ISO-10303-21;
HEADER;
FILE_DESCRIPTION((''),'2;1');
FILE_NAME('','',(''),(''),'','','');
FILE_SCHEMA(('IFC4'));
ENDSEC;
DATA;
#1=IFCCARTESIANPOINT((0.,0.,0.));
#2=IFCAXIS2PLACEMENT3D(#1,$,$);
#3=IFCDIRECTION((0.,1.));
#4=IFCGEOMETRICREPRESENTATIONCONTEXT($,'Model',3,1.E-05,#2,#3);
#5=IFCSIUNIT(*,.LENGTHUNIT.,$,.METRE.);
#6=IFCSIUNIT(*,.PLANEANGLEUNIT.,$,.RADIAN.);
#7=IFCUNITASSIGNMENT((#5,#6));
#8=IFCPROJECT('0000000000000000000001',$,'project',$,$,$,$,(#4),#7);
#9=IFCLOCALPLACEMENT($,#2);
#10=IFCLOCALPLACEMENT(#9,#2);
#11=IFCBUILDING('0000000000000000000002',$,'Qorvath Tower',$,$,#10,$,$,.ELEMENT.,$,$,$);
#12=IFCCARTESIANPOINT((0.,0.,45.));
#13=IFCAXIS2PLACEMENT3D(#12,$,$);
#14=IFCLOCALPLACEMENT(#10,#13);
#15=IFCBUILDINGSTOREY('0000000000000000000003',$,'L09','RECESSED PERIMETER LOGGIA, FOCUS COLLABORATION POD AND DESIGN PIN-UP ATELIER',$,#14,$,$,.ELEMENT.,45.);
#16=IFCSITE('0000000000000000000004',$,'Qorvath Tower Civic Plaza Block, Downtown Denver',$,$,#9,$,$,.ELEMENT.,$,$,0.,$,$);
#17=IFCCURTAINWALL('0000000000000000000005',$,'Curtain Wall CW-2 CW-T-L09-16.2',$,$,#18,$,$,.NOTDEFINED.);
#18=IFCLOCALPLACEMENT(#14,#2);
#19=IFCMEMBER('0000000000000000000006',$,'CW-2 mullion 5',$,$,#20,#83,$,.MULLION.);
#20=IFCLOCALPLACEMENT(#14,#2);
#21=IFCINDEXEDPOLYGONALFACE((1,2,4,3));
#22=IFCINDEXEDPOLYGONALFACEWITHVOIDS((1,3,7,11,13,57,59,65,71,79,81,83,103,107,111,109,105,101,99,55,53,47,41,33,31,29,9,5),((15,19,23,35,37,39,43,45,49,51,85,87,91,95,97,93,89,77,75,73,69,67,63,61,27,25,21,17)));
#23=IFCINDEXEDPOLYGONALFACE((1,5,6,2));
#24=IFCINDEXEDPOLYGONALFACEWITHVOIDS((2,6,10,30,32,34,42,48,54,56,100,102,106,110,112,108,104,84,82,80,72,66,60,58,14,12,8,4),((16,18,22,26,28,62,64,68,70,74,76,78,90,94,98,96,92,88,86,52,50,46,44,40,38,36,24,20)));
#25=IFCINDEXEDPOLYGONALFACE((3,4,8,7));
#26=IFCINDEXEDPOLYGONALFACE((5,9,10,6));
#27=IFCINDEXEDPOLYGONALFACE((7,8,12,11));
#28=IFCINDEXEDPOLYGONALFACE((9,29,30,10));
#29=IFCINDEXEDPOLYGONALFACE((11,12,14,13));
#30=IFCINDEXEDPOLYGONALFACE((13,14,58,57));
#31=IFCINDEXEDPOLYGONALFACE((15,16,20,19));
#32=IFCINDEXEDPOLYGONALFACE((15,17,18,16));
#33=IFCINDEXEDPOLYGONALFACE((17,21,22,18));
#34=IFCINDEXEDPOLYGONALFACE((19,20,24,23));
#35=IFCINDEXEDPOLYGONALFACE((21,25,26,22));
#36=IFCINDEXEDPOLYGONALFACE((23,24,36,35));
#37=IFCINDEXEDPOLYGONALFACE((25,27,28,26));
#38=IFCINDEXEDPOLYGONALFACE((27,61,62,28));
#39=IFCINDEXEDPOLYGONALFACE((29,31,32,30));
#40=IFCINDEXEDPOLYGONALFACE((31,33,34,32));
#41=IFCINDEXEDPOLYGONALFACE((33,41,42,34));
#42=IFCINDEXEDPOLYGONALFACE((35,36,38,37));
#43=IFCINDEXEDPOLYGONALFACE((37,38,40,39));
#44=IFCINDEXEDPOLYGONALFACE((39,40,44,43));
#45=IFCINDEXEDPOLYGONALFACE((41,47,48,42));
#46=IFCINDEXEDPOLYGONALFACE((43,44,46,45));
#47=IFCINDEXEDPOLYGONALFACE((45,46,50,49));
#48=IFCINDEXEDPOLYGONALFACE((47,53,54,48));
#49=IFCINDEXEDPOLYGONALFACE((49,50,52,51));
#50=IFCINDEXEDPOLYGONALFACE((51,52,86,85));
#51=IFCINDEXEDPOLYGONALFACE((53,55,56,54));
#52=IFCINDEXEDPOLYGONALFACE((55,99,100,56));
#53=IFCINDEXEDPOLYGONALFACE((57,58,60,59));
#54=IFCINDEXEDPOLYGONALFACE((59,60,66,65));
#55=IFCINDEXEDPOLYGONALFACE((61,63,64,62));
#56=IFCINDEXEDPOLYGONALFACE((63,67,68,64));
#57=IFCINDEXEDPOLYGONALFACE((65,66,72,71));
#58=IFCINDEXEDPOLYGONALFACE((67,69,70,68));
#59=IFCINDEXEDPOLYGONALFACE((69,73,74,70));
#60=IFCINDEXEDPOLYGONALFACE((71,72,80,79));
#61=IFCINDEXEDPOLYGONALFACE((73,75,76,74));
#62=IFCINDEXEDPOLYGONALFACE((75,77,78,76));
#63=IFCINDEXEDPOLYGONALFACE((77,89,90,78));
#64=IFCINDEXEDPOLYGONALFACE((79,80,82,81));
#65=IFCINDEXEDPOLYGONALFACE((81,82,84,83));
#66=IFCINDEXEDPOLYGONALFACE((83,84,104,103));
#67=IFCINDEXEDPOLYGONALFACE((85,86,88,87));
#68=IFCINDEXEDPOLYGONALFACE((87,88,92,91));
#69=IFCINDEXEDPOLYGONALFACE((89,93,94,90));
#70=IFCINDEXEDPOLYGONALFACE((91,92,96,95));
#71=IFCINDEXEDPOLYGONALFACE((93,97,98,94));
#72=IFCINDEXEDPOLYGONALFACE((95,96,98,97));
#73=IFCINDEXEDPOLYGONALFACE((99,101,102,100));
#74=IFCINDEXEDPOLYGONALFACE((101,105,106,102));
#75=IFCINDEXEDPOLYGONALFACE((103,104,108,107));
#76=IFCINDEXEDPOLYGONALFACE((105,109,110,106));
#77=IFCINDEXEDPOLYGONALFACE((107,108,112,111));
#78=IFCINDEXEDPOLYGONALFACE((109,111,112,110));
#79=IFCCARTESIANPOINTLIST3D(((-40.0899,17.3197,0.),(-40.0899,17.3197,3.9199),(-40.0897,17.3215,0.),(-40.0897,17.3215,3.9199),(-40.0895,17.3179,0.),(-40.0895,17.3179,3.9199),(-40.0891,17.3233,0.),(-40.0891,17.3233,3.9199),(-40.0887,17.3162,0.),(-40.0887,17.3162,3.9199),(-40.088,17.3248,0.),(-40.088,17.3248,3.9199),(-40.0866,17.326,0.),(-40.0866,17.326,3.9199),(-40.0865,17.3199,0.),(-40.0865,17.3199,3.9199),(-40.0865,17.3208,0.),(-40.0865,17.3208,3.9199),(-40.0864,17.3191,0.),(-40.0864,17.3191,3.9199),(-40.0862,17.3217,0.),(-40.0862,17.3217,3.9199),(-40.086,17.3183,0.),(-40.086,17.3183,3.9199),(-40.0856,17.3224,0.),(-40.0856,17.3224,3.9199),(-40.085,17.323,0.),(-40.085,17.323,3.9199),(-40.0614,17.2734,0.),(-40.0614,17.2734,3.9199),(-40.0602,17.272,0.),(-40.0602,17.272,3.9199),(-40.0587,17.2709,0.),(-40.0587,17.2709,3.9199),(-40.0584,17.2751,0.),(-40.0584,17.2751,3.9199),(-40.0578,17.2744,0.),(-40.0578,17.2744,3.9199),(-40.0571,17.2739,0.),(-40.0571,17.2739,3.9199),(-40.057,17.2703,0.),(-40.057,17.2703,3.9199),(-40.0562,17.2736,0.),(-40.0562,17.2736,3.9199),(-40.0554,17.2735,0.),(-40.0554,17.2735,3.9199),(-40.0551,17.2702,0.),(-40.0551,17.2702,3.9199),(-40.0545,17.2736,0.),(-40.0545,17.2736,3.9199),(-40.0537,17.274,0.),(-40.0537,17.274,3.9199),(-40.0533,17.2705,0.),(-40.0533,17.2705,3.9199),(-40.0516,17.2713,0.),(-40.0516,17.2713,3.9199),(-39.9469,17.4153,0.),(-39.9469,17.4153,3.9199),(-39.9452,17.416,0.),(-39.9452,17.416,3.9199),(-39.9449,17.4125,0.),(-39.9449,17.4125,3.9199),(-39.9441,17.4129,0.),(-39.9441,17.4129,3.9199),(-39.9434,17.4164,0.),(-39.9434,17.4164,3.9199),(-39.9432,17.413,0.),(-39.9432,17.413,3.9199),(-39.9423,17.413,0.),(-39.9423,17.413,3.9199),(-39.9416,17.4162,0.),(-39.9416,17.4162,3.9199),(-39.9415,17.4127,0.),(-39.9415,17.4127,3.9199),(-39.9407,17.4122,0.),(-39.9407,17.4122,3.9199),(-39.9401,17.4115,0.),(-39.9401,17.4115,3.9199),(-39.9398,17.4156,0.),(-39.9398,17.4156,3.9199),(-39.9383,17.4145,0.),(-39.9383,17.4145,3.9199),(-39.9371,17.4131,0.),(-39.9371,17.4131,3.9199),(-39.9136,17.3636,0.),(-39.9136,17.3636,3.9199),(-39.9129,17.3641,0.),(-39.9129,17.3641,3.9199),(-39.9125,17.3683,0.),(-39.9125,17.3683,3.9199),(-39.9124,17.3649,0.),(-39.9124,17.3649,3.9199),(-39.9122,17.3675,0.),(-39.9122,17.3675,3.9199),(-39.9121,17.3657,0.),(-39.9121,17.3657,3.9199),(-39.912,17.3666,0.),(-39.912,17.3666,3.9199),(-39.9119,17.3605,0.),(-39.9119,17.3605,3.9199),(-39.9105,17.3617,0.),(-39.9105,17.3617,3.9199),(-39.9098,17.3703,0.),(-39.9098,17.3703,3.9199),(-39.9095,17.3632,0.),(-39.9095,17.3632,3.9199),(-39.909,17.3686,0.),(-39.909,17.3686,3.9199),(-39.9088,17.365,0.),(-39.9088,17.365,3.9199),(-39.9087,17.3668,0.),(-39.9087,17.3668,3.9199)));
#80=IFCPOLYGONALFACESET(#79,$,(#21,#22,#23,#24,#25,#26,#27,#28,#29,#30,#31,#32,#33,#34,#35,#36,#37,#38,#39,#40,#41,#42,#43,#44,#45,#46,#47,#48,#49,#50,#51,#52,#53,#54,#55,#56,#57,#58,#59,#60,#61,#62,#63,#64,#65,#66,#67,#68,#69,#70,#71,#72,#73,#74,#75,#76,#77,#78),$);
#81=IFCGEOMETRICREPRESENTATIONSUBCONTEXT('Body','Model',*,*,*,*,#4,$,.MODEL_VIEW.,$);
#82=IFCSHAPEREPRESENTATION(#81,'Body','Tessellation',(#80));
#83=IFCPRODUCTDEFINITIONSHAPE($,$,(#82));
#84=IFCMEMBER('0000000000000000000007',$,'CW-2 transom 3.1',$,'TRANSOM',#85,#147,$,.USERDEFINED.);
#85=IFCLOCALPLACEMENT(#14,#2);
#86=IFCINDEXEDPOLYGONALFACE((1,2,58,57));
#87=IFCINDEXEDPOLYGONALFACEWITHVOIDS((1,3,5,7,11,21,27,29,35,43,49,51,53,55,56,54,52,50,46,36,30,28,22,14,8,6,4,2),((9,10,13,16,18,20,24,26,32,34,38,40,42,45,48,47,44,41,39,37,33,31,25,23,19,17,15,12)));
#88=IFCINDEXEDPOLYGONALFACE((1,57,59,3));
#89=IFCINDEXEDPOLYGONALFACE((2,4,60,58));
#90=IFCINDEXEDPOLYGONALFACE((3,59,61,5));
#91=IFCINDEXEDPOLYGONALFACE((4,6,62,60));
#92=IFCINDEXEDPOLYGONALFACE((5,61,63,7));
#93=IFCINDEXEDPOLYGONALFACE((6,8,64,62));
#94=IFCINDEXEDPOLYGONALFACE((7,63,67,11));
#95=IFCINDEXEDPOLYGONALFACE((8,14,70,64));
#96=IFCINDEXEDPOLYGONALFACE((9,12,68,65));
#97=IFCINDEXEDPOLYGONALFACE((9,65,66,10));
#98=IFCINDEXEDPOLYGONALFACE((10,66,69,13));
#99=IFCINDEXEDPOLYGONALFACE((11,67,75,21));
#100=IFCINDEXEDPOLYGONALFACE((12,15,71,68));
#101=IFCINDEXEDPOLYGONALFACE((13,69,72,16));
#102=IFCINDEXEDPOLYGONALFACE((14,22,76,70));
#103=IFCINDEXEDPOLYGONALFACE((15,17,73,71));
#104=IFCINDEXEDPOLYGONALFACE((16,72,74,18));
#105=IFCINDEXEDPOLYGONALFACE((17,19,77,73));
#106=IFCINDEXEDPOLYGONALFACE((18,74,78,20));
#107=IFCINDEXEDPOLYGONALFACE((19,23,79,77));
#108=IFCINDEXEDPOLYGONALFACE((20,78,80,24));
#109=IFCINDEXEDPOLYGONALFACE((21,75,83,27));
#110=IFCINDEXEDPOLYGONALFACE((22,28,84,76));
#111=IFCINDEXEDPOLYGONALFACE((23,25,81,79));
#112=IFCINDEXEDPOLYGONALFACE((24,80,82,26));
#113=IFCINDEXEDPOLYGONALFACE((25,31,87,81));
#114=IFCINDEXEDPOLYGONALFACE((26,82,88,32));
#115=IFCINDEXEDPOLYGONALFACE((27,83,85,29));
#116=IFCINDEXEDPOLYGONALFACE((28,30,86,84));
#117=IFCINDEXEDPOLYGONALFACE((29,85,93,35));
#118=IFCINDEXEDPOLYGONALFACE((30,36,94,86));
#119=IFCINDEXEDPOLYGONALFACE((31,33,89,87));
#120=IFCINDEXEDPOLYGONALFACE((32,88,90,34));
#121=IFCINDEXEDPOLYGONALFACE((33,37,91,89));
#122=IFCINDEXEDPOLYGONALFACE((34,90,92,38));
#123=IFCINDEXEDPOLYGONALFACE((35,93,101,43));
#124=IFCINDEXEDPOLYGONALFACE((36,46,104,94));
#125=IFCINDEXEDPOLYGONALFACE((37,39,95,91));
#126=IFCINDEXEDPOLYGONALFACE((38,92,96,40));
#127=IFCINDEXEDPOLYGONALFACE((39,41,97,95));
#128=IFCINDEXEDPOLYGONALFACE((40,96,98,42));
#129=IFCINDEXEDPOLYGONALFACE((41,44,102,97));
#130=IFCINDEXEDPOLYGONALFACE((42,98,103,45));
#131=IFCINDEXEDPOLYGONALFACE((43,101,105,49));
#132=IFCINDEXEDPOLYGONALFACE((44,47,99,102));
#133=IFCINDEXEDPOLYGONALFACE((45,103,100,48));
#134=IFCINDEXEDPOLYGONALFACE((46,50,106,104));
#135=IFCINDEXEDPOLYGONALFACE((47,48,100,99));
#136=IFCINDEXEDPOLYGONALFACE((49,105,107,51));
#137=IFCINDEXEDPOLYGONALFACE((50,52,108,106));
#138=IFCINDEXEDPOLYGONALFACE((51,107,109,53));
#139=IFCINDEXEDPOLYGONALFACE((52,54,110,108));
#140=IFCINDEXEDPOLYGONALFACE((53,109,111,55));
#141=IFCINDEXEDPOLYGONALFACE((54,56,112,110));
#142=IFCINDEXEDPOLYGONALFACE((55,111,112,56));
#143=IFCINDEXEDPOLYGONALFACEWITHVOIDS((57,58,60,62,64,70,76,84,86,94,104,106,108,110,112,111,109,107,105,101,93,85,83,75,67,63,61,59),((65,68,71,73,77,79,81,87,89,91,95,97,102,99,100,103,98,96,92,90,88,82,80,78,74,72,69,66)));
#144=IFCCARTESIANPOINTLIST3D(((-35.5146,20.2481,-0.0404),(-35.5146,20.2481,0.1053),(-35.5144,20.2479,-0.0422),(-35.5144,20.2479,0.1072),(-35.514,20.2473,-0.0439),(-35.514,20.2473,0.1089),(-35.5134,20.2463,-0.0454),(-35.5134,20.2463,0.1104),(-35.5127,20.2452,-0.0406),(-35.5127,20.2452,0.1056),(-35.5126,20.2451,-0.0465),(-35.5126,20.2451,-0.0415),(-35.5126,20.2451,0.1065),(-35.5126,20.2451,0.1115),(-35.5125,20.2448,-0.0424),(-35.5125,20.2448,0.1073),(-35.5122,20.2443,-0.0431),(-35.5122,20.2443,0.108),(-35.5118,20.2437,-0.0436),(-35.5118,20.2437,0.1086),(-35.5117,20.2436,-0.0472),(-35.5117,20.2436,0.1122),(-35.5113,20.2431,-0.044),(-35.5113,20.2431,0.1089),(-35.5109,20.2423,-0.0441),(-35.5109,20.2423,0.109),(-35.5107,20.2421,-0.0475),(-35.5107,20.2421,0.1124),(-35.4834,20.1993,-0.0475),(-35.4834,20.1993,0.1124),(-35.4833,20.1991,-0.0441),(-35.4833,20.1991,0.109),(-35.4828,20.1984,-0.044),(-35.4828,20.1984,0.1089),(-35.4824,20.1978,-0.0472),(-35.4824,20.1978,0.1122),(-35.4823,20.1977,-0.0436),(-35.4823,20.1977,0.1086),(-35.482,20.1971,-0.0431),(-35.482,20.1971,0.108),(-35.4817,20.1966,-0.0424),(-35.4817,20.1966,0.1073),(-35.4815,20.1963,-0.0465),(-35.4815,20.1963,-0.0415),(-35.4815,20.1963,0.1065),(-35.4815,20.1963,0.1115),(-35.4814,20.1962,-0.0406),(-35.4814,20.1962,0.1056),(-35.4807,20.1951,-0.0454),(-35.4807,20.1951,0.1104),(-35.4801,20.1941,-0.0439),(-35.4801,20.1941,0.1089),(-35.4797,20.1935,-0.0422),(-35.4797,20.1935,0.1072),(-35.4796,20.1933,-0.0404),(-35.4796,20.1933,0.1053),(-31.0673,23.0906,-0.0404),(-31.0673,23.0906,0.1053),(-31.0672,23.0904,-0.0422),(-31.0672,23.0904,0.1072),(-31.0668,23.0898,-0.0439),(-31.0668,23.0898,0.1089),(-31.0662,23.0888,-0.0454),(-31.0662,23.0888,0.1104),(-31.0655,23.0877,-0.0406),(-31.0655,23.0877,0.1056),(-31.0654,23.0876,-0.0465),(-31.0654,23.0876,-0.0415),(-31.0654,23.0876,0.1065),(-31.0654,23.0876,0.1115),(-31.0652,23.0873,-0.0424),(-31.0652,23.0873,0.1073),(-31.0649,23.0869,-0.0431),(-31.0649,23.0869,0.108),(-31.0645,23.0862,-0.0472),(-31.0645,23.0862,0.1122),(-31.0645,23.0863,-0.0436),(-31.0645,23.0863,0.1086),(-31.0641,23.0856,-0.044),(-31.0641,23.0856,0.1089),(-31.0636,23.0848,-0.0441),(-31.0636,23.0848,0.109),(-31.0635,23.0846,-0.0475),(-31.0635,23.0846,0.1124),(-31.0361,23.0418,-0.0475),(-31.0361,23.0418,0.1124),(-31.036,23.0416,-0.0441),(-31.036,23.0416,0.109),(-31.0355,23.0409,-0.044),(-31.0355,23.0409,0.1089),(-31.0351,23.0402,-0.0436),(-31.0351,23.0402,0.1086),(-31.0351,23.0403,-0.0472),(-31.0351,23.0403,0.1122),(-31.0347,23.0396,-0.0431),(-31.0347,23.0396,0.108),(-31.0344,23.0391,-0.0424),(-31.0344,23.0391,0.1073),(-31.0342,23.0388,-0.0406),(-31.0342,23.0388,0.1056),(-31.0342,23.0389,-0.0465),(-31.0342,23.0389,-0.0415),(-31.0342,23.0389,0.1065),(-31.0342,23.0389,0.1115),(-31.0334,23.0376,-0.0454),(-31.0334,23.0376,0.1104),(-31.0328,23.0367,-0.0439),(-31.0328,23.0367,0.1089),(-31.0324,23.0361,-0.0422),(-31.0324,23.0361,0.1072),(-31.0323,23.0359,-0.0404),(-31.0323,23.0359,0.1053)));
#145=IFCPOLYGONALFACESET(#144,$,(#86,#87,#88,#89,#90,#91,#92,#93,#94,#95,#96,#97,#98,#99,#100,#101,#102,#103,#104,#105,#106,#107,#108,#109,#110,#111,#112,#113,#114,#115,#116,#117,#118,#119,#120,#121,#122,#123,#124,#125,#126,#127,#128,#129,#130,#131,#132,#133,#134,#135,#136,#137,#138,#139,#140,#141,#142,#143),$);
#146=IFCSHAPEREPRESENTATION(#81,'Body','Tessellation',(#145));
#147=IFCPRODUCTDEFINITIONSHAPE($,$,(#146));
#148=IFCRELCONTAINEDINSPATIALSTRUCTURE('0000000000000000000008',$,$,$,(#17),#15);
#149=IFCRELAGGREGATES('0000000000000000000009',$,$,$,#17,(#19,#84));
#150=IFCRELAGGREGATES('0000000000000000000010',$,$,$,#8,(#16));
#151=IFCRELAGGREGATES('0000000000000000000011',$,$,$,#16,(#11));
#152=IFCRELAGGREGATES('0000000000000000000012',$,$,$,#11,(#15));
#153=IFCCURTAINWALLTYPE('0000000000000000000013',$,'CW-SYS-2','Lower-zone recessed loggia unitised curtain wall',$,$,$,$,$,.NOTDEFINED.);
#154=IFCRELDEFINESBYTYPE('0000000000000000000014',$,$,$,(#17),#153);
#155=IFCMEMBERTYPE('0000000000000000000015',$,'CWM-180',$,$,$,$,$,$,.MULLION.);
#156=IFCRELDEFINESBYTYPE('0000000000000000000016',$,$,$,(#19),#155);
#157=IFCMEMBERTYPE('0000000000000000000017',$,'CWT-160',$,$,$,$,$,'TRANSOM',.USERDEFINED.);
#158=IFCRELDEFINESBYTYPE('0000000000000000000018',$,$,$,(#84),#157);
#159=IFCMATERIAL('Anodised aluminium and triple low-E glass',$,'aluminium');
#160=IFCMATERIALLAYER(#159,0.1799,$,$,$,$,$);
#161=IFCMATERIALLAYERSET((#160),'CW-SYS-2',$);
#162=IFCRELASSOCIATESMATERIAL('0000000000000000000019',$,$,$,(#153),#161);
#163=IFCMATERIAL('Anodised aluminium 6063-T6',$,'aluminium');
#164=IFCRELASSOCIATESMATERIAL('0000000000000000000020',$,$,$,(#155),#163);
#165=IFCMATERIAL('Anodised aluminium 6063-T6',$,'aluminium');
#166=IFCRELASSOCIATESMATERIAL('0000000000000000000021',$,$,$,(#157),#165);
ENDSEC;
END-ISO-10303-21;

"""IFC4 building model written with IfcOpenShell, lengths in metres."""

from ifc_helpers import new_model, si_unit, direction, frame, origin, origin_2d, place, context, subcontext, project, spatial, hollow_rectangle, extrude, material, layer, layer_set, material_profile, profile_set, type_object, element, aggregate, save


model = new_model("IFC4")

# Units and contexts
model_context = context("Model", 3, precision=1e-05, world=origin(), true_north=direction((0.0, 1.0)))
body_context = subcontext(model_context, "Body", "Model", "MODEL_VIEW")
ifc_project = project(units=[si_unit("LENGTHUNIT", "METRE"), si_unit("PLANEANGLEUNIT", "RADIAN")], contexts=[model_context])

# Site, building, storey
site_placement = place(None, origin())
site = spatial("IfcSite", under=ifc_project, at=site_placement, Name="Qorvath Tower Civic Plaza Block, Downtown Denver", CompositionType="ELEMENT", RefElevation=0.0)
building_placement = place(site_placement, origin())
building = spatial("IfcBuilding", under=site, at=building_placement, Name="Qorvath Tower", CompositionType="ELEMENT")
storey_placement = place(building_placement, frame((0.0, 0.0, 45.0)))
storey = spatial("IfcBuildingStorey", under=building, at=storey_placement, Name="L09", Description="RECESSED PERIMETER LOGGIA, FOCUS COLLABORATION POD AND DESIGN PIN-UP ATELIER", CompositionType="ELEMENT", Elevation=45.0)

# Curtain wall, members
ifc_material_1 = material(Name="Anodised aluminium and triple low-E glass", Category="aluminium")
ifc_layer_1 = layer(ifc_material_1, 0.1799)
ifc_layer_set_1 = layer_set([ifc_layer_1], Name="CW-SYS-2")
curtain_wall_type = type_object("IfcCurtainWallType", Name="CW-SYS-2", Description="Lower-zone recessed loggia unitised curtain wall", PredefinedType="NOTDEFINED", material=ifc_layer_set_1)
curtain_wall_placement = place(storey_placement, origin())
curtain_wall = element("IfcCurtainWall", 1, at=curtain_wall_placement, inside=storey, type_object=curtain_wall_type, Name="Curtain Wall CW-2 CW-T-L09-16.2", PredefinedType="NOTDEFINED")
ifc_material_2 = material(Name="Anodised aluminium 6063-T6", Category="aluminium")
ifc_material_profile_1 = material_profile(ifc_material_2, hollow_rectangle(XDim=0.0649, YDim=0.1799, WallThickness=0.0034, InnerFilletRadius=0.0034, OuterFilletRadius=0.0071, at=origin_2d()), Name="CWM 180x65")
ifc_profile_set_1 = profile_set([ifc_material_profile_1], Name="Anodised aluminium 6063-T6")
member_type_1 = type_object("IfcMemberType", Name="CWM-180", PredefinedType="MULLION", material=ifc_profile_set_1)
member_1_placement = place(storey_placement, frame((-39.9993, 17.3433, 0.0), z_axis=(0.0, 0.0, 1.0), x_axis=(0.538541, -0.842599, 0.0)))
member_1 = element("IfcMember", 2, at=member_1_placement, type_object=member_type_1, Name="CW-2 mullion 5", PredefinedType="MULLION", context=body_context, shape_type="SweptSolid", body=[
    extrude(hollow_rectangle(XDim=0.0649, YDim=0.1799, WallThickness=0.0034, InnerFilletRadius=0.0034, OuterFilletRadius=0.0071, at=origin_2d()), origin(), (0.0, 0.0, 1.0), 3.9199),
])
ifc_material_3 = material(Name="Anodised aluminium 6063-T6", Category="aluminium")
ifc_material_profile_2 = material_profile(ifc_material_3, hollow_rectangle(XDim=0.0649, YDim=0.1599, WallThickness=0.0034, InnerFilletRadius=0.0034, OuterFilletRadius=0.0071, at=origin_2d()), Name="CWT 160x65")
ifc_profile_set_2 = profile_set([ifc_material_profile_2], Name="Anodised aluminium 6063-T6")
member_type_2 = type_object("IfcMemberType", Name="CWT-160", ElementType="TRANSOM", PredefinedType="USERDEFINED", material=ifc_profile_set_2)
member_2_placement = place(storey_placement, frame((-31.0498, 23.0632, 0.0325), z_axis=(-0.842591, -0.538554, 0.0), x_axis=(0.538554, -0.842591, 0.0)))
member_2 = element("IfcMember", 3, at=member_2_placement, type_object=member_type_2, Name="CW-2 transom 3.1", ObjectType="TRANSOM", PredefinedType="USERDEFINED", context=body_context, shape_type="SweptSolid", body=[
    extrude(hollow_rectangle(XDim=0.0649, YDim=0.1599, WallThickness=0.0034, InnerFilletRadius=0.0034, OuterFilletRadius=0.0071, at=origin_2d()), origin(), (0.0, 0.0, 1.0), 5.2781),
])
aggregate(curtain_wall, [member_1, member_2])

save(model, "model.ifc")
